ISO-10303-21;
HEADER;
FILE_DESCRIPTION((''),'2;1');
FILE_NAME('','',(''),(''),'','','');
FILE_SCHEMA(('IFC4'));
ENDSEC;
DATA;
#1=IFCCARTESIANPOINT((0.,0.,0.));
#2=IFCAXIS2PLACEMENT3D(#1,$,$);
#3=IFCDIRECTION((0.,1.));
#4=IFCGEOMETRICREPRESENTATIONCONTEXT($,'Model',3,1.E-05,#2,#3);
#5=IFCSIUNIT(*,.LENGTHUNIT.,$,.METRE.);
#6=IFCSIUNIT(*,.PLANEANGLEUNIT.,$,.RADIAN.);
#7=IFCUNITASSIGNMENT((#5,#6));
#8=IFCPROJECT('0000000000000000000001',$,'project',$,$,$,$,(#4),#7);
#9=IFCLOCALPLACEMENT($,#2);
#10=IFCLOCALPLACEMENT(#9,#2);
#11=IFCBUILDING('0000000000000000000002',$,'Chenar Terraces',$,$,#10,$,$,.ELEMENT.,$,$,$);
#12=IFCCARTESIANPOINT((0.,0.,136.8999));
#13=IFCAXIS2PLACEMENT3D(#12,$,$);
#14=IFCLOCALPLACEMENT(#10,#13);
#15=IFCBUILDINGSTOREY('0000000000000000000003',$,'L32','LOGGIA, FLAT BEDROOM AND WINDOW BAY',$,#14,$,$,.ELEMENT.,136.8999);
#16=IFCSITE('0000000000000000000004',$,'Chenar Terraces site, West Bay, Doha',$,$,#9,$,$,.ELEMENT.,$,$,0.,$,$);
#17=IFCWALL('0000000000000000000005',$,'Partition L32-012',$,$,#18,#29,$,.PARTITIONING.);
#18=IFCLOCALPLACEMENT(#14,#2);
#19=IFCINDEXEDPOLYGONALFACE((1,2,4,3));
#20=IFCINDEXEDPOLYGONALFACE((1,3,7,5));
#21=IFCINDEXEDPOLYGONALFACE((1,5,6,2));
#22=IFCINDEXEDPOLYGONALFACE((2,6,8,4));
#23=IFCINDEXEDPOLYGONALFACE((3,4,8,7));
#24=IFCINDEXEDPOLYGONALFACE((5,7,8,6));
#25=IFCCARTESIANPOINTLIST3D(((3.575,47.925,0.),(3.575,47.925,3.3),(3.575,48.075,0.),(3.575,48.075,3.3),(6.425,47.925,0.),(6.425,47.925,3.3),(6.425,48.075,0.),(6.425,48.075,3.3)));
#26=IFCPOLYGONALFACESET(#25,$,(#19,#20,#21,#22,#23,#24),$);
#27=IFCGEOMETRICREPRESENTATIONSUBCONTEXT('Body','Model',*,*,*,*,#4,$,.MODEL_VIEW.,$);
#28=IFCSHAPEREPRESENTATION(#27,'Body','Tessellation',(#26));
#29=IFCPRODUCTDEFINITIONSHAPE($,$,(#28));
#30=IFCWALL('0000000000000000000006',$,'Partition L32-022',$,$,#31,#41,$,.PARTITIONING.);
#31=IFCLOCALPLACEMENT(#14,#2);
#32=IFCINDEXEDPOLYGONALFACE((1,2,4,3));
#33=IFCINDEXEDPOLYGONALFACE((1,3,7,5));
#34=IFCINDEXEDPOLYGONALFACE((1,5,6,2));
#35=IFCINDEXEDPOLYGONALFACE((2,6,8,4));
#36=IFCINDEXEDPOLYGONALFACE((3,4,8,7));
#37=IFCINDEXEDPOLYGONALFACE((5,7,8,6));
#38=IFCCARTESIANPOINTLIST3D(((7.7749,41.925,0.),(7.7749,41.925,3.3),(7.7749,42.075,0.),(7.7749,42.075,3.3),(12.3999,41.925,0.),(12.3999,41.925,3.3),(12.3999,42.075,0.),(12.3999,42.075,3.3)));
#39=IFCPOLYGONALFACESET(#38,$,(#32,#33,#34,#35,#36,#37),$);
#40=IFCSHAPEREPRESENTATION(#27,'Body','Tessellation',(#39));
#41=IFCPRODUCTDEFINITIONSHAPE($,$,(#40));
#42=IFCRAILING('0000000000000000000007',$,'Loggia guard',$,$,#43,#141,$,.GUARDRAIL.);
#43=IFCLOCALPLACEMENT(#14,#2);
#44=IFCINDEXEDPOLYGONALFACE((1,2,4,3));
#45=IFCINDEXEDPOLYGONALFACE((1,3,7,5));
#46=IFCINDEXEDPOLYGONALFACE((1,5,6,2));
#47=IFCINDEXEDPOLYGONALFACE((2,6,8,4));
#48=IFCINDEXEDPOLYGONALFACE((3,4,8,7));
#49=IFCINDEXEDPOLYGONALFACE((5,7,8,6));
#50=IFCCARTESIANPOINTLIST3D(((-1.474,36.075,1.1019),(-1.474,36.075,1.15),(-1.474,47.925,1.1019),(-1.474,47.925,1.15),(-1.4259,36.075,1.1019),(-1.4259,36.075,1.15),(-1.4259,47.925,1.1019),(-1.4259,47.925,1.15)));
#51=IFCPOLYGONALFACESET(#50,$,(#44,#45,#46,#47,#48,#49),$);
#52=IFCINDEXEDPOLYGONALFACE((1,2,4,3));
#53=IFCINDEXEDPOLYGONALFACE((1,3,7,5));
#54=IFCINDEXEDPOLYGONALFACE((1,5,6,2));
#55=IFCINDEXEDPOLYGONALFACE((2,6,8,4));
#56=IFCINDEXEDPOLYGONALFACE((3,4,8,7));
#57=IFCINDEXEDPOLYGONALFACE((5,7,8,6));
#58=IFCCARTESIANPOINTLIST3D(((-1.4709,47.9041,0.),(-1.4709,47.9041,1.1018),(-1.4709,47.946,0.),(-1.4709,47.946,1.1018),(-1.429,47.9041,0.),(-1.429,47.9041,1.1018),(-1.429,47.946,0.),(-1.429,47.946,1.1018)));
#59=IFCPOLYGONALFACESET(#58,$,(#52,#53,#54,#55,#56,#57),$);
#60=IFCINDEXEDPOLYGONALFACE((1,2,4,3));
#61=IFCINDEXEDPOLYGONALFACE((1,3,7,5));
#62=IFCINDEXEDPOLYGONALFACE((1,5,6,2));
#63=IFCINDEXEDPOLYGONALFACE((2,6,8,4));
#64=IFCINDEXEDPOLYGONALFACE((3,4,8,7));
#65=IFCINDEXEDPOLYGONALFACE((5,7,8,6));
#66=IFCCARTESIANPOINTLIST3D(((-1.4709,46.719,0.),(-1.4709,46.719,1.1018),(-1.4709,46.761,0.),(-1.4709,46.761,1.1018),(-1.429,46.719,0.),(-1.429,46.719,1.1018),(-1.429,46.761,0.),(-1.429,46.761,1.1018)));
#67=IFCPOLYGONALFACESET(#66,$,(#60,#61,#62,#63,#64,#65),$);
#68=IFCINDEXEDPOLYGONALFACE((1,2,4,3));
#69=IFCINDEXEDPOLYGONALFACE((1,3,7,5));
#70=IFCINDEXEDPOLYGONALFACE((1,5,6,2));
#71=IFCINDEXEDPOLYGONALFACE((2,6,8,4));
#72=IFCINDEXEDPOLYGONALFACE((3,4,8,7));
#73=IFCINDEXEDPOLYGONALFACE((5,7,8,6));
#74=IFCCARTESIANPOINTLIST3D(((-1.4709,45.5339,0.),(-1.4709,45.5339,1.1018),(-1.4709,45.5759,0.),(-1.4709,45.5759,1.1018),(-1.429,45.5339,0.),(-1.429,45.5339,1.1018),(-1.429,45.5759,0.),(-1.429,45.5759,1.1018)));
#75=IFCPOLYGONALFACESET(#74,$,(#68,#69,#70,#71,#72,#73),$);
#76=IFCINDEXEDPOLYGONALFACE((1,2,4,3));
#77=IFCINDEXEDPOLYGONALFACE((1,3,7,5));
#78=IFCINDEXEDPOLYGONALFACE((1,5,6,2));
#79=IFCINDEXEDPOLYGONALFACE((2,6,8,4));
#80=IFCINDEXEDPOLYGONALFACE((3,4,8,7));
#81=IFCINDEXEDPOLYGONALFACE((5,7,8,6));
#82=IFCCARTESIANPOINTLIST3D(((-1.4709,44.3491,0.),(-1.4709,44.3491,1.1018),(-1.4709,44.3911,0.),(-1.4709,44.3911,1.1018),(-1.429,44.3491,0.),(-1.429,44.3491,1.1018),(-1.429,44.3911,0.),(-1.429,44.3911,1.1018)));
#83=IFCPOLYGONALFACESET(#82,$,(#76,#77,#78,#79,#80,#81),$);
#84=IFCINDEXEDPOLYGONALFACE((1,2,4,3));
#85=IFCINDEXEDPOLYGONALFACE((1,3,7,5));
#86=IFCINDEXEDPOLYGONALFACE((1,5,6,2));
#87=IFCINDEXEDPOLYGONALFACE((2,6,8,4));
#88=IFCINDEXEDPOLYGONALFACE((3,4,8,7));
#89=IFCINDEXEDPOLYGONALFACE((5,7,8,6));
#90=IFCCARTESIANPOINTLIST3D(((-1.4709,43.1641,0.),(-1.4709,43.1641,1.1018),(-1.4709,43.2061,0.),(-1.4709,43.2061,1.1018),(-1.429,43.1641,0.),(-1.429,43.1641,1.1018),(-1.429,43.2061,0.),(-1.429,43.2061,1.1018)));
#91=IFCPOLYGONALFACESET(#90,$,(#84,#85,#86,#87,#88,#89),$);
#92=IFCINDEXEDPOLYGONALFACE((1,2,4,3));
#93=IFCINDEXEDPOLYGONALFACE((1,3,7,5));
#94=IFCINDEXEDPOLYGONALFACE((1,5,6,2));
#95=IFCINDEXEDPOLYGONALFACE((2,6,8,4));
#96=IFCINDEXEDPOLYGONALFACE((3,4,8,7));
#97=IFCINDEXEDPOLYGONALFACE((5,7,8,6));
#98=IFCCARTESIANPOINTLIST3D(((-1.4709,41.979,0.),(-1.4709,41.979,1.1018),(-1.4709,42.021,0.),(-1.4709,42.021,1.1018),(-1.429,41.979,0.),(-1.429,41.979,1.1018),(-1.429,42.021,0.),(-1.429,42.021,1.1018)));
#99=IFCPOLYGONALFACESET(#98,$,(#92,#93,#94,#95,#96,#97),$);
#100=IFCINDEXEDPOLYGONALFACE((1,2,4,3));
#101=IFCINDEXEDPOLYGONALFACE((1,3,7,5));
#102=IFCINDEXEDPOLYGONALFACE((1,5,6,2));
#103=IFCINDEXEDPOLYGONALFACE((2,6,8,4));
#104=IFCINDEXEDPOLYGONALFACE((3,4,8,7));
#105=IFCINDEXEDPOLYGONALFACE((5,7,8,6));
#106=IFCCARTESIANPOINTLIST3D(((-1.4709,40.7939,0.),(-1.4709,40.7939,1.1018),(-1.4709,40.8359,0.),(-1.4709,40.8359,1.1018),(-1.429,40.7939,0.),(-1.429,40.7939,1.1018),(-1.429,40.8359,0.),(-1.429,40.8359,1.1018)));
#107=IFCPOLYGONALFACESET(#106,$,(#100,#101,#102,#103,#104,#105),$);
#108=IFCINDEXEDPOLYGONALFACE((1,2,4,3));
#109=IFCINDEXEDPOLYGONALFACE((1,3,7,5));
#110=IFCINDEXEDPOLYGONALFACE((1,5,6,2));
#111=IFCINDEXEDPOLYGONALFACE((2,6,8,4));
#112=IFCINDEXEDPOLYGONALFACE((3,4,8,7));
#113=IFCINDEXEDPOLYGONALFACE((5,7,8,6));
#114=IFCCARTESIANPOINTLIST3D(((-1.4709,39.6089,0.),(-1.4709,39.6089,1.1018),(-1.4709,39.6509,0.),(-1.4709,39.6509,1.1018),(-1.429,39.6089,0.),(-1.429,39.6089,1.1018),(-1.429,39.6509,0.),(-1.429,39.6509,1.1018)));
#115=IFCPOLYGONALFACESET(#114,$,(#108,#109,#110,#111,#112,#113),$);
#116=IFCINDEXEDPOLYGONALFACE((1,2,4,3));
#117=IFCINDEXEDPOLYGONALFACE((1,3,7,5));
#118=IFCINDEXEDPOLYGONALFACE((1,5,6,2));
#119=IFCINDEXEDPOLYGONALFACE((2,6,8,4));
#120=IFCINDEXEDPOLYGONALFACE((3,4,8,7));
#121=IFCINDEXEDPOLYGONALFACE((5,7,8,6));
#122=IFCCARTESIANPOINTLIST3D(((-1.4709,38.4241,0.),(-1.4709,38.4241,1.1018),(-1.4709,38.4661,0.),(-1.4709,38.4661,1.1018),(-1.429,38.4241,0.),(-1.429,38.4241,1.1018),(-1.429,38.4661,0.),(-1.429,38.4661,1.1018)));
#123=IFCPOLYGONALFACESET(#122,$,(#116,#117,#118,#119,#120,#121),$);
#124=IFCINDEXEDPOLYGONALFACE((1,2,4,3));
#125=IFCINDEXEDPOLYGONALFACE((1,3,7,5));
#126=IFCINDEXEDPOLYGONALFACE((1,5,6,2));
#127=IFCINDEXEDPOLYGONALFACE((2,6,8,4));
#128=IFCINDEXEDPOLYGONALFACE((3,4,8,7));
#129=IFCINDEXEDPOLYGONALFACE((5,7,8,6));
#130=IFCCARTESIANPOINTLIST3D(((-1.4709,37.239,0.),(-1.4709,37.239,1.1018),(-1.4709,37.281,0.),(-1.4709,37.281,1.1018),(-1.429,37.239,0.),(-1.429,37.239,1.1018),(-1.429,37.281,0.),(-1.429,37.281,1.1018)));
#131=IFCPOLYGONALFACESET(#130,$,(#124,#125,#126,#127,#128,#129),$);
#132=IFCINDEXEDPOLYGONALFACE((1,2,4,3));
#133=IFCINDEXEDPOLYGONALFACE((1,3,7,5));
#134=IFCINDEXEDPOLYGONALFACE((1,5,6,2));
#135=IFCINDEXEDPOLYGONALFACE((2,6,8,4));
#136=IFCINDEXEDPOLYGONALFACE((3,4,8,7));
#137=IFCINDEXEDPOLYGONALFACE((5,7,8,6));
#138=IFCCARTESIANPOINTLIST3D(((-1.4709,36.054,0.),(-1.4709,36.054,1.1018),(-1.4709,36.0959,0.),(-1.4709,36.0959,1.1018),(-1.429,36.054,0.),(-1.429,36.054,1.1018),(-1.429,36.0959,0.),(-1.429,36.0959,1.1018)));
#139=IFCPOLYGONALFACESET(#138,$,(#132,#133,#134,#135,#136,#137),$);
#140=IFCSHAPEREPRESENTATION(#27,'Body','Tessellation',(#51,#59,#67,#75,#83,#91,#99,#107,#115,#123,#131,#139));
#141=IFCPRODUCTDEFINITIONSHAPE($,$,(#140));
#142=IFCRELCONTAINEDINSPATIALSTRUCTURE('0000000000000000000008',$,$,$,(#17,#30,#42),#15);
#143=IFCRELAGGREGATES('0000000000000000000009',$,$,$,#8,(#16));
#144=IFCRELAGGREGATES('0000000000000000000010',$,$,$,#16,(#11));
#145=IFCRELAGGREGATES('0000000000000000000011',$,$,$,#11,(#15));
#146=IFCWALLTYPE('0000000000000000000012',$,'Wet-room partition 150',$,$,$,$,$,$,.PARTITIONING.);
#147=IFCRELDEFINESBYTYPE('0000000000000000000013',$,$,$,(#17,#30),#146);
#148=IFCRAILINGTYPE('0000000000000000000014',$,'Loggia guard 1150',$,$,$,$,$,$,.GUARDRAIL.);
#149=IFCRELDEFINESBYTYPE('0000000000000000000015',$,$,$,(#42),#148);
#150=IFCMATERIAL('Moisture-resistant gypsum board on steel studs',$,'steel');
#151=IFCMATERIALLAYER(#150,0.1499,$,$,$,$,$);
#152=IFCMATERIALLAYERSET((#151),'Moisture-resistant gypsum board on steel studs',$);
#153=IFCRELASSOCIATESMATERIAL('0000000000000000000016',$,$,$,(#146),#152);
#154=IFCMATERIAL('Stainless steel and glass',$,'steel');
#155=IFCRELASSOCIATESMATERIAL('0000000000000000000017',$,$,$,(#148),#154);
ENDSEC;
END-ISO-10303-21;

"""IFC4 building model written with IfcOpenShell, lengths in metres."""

from ifc_helpers import new_model, si_unit, direction, frame, frame_2d, origin, origin_2d, place, context, subcontext, project, spatial, rectangle, extrude, material, layer, layer_set, type_object, element, save


model = new_model("IFC4")

# Units and contexts
model_context = context("Model", 3, precision=1e-05, world=origin(), true_north=direction((0.0, 1.0)))
body_context = subcontext(model_context, "Body", "Model", "MODEL_VIEW")
ifc_project = project(units=[si_unit("LENGTHUNIT", "METRE"), si_unit("PLANEANGLEUNIT", "RADIAN")], contexts=[model_context])

# Site, building, storey
site_placement = place(None, origin())
site = spatial("IfcSite", under=ifc_project, at=site_placement, Name="Chenar Terraces site, West Bay, Doha", CompositionType="ELEMENT", RefElevation=0.0)
building_placement = place(site_placement, origin())
building = spatial("IfcBuilding", under=site, at=building_placement, Name="Chenar Terraces", CompositionType="ELEMENT")
storey_placement = place(building_placement, frame((0.0, 0.0, 136.8999)))
storey = spatial("IfcBuildingStorey", under=building, at=storey_placement, Name="L32", Description="LOGGIA, FLAT BEDROOM AND WINDOW BAY", CompositionType="ELEMENT", Elevation=136.8999)

# Shared definitions
ifc_material_1 = material(Name="Moisture-resistant gypsum board on steel studs", Category="steel")
ifc_layer_1 = layer(ifc_material_1, 0.1499)
ifc_layer_set_1 = layer_set([ifc_layer_1], Name="Moisture-resistant gypsum board on steel studs")
wall_type_1 = type_object("IfcWallType", Name="Wet-room partition 150", PredefinedType="PARTITIONING", material=ifc_layer_set_1)

# Walls
wall_1_placement = place(storey_placement, frame((3.575, 48.0, 0.0), z_axis=(0.0, 0.0, 1.0), x_axis=(1.0, 0.0, 0.0)))
element("IfcWall", 1, at=wall_1_placement, inside=storey, type_object=wall_type_1, Name="Partition L32-012", PredefinedType="PARTITIONING", context=body_context, shape_type="SweptSolid", body=[
    extrude(rectangle(XDim=2.8501, YDim=0.1499, at=frame_2d((1.425, 0.0))), origin(), (0.0, 0.0, 1.0), 3.3),
])
wall_2_placement = place(storey_placement, frame((7.7749, 42.0, 0.0), z_axis=(0.0, 0.0, 1.0), x_axis=(1.0, 0.0, 0.0)))
element("IfcWall", 2, at=wall_2_placement, inside=storey, type_object=wall_type_1, Name="Partition L32-022", PredefinedType="PARTITIONING", context=body_context, shape_type="SweptSolid", body=[
    extrude(rectangle(XDim=4.625, YDim=0.1499, at=frame_2d((2.3125, 0.0))), origin(), (0.0, 0.0, 1.0), 3.3),
])

# Railing
ifc_material_2 = material(Name="Stainless steel and glass", Category="steel")
railing_type = type_object("IfcRailingType", Name="Loggia guard 1150", PredefinedType="GUARDRAIL", material=ifc_material_2)
railing_placement = place(storey_placement, frame((-1.45, 47.925, 0.0)))
element("IfcRailing", 3, at=railing_placement, inside=storey, type_object=railing_type, Name="Loggia guard", PredefinedType="GUARDRAIL", context=body_context, shape_type="SweptSolid", body=[
    extrude(rectangle(XDim=0.0481, YDim=0.0481, at=origin_2d()), frame((0.0, 0.0, 1.126), z_axis=(0.0, -1.0, 0.0), x_axis=(1.0, 0.0, 0.0)), (0.0, 0.0, 1.0), 11.8501),
    extrude(rectangle(XDim=0.042, YDim=0.042, at=origin_2d()), origin(), (0.0, 0.0, 1.0), 1.1018),
    extrude(rectangle(XDim=0.042, YDim=0.042, at=origin_2d()), frame((0.0, -1.1851, 0.0)), (0.0, 0.0, 1.0), 1.1018),
    extrude(rectangle(XDim=0.042, YDim=0.042, at=origin_2d()), frame((0.0, -2.3701, 0.0)), (0.0, 0.0, 1.0), 1.1018),
    extrude(rectangle(XDim=0.042, YDim=0.042, at=origin_2d()), frame((0.0, -3.5549, 0.0)), (0.0, 0.0, 1.0), 1.1018),
    extrude(rectangle(XDim=0.042, YDim=0.042, at=origin_2d()), frame((0.0, -4.74, 0.0)), (0.0, 0.0, 1.0), 1.1018),
    extrude(rectangle(XDim=0.042, YDim=0.042, at=origin_2d()), frame((0.0, -5.925, 0.0)), (0.0, 0.0, 1.0), 1.1018),
    extrude(rectangle(XDim=0.042, YDim=0.042, at=origin_2d()), frame((0.0, -7.1101, 0.0)), (0.0, 0.0, 1.0), 1.1018),
    extrude(rectangle(XDim=0.042, YDim=0.042, at=origin_2d()), frame((0.0, -8.2952, 0.0)), (0.0, 0.0, 1.0), 1.1018),
    extrude(rectangle(XDim=0.042, YDim=0.042, at=origin_2d()), frame((0.0, -9.48, 0.0)), (0.0, 0.0, 1.0), 1.1018),
    extrude(rectangle(XDim=0.042, YDim=0.042, at=origin_2d()), frame((0.0, -10.665, 0.0)), (0.0, 0.0, 1.0), 1.1018),
    extrude(rectangle(XDim=0.042, YDim=0.042, at=origin_2d()), frame((0.0, -11.8501, 0.0)), (0.0, 0.0, 1.0), 1.1018),
])

save(model, "model.ifc")
